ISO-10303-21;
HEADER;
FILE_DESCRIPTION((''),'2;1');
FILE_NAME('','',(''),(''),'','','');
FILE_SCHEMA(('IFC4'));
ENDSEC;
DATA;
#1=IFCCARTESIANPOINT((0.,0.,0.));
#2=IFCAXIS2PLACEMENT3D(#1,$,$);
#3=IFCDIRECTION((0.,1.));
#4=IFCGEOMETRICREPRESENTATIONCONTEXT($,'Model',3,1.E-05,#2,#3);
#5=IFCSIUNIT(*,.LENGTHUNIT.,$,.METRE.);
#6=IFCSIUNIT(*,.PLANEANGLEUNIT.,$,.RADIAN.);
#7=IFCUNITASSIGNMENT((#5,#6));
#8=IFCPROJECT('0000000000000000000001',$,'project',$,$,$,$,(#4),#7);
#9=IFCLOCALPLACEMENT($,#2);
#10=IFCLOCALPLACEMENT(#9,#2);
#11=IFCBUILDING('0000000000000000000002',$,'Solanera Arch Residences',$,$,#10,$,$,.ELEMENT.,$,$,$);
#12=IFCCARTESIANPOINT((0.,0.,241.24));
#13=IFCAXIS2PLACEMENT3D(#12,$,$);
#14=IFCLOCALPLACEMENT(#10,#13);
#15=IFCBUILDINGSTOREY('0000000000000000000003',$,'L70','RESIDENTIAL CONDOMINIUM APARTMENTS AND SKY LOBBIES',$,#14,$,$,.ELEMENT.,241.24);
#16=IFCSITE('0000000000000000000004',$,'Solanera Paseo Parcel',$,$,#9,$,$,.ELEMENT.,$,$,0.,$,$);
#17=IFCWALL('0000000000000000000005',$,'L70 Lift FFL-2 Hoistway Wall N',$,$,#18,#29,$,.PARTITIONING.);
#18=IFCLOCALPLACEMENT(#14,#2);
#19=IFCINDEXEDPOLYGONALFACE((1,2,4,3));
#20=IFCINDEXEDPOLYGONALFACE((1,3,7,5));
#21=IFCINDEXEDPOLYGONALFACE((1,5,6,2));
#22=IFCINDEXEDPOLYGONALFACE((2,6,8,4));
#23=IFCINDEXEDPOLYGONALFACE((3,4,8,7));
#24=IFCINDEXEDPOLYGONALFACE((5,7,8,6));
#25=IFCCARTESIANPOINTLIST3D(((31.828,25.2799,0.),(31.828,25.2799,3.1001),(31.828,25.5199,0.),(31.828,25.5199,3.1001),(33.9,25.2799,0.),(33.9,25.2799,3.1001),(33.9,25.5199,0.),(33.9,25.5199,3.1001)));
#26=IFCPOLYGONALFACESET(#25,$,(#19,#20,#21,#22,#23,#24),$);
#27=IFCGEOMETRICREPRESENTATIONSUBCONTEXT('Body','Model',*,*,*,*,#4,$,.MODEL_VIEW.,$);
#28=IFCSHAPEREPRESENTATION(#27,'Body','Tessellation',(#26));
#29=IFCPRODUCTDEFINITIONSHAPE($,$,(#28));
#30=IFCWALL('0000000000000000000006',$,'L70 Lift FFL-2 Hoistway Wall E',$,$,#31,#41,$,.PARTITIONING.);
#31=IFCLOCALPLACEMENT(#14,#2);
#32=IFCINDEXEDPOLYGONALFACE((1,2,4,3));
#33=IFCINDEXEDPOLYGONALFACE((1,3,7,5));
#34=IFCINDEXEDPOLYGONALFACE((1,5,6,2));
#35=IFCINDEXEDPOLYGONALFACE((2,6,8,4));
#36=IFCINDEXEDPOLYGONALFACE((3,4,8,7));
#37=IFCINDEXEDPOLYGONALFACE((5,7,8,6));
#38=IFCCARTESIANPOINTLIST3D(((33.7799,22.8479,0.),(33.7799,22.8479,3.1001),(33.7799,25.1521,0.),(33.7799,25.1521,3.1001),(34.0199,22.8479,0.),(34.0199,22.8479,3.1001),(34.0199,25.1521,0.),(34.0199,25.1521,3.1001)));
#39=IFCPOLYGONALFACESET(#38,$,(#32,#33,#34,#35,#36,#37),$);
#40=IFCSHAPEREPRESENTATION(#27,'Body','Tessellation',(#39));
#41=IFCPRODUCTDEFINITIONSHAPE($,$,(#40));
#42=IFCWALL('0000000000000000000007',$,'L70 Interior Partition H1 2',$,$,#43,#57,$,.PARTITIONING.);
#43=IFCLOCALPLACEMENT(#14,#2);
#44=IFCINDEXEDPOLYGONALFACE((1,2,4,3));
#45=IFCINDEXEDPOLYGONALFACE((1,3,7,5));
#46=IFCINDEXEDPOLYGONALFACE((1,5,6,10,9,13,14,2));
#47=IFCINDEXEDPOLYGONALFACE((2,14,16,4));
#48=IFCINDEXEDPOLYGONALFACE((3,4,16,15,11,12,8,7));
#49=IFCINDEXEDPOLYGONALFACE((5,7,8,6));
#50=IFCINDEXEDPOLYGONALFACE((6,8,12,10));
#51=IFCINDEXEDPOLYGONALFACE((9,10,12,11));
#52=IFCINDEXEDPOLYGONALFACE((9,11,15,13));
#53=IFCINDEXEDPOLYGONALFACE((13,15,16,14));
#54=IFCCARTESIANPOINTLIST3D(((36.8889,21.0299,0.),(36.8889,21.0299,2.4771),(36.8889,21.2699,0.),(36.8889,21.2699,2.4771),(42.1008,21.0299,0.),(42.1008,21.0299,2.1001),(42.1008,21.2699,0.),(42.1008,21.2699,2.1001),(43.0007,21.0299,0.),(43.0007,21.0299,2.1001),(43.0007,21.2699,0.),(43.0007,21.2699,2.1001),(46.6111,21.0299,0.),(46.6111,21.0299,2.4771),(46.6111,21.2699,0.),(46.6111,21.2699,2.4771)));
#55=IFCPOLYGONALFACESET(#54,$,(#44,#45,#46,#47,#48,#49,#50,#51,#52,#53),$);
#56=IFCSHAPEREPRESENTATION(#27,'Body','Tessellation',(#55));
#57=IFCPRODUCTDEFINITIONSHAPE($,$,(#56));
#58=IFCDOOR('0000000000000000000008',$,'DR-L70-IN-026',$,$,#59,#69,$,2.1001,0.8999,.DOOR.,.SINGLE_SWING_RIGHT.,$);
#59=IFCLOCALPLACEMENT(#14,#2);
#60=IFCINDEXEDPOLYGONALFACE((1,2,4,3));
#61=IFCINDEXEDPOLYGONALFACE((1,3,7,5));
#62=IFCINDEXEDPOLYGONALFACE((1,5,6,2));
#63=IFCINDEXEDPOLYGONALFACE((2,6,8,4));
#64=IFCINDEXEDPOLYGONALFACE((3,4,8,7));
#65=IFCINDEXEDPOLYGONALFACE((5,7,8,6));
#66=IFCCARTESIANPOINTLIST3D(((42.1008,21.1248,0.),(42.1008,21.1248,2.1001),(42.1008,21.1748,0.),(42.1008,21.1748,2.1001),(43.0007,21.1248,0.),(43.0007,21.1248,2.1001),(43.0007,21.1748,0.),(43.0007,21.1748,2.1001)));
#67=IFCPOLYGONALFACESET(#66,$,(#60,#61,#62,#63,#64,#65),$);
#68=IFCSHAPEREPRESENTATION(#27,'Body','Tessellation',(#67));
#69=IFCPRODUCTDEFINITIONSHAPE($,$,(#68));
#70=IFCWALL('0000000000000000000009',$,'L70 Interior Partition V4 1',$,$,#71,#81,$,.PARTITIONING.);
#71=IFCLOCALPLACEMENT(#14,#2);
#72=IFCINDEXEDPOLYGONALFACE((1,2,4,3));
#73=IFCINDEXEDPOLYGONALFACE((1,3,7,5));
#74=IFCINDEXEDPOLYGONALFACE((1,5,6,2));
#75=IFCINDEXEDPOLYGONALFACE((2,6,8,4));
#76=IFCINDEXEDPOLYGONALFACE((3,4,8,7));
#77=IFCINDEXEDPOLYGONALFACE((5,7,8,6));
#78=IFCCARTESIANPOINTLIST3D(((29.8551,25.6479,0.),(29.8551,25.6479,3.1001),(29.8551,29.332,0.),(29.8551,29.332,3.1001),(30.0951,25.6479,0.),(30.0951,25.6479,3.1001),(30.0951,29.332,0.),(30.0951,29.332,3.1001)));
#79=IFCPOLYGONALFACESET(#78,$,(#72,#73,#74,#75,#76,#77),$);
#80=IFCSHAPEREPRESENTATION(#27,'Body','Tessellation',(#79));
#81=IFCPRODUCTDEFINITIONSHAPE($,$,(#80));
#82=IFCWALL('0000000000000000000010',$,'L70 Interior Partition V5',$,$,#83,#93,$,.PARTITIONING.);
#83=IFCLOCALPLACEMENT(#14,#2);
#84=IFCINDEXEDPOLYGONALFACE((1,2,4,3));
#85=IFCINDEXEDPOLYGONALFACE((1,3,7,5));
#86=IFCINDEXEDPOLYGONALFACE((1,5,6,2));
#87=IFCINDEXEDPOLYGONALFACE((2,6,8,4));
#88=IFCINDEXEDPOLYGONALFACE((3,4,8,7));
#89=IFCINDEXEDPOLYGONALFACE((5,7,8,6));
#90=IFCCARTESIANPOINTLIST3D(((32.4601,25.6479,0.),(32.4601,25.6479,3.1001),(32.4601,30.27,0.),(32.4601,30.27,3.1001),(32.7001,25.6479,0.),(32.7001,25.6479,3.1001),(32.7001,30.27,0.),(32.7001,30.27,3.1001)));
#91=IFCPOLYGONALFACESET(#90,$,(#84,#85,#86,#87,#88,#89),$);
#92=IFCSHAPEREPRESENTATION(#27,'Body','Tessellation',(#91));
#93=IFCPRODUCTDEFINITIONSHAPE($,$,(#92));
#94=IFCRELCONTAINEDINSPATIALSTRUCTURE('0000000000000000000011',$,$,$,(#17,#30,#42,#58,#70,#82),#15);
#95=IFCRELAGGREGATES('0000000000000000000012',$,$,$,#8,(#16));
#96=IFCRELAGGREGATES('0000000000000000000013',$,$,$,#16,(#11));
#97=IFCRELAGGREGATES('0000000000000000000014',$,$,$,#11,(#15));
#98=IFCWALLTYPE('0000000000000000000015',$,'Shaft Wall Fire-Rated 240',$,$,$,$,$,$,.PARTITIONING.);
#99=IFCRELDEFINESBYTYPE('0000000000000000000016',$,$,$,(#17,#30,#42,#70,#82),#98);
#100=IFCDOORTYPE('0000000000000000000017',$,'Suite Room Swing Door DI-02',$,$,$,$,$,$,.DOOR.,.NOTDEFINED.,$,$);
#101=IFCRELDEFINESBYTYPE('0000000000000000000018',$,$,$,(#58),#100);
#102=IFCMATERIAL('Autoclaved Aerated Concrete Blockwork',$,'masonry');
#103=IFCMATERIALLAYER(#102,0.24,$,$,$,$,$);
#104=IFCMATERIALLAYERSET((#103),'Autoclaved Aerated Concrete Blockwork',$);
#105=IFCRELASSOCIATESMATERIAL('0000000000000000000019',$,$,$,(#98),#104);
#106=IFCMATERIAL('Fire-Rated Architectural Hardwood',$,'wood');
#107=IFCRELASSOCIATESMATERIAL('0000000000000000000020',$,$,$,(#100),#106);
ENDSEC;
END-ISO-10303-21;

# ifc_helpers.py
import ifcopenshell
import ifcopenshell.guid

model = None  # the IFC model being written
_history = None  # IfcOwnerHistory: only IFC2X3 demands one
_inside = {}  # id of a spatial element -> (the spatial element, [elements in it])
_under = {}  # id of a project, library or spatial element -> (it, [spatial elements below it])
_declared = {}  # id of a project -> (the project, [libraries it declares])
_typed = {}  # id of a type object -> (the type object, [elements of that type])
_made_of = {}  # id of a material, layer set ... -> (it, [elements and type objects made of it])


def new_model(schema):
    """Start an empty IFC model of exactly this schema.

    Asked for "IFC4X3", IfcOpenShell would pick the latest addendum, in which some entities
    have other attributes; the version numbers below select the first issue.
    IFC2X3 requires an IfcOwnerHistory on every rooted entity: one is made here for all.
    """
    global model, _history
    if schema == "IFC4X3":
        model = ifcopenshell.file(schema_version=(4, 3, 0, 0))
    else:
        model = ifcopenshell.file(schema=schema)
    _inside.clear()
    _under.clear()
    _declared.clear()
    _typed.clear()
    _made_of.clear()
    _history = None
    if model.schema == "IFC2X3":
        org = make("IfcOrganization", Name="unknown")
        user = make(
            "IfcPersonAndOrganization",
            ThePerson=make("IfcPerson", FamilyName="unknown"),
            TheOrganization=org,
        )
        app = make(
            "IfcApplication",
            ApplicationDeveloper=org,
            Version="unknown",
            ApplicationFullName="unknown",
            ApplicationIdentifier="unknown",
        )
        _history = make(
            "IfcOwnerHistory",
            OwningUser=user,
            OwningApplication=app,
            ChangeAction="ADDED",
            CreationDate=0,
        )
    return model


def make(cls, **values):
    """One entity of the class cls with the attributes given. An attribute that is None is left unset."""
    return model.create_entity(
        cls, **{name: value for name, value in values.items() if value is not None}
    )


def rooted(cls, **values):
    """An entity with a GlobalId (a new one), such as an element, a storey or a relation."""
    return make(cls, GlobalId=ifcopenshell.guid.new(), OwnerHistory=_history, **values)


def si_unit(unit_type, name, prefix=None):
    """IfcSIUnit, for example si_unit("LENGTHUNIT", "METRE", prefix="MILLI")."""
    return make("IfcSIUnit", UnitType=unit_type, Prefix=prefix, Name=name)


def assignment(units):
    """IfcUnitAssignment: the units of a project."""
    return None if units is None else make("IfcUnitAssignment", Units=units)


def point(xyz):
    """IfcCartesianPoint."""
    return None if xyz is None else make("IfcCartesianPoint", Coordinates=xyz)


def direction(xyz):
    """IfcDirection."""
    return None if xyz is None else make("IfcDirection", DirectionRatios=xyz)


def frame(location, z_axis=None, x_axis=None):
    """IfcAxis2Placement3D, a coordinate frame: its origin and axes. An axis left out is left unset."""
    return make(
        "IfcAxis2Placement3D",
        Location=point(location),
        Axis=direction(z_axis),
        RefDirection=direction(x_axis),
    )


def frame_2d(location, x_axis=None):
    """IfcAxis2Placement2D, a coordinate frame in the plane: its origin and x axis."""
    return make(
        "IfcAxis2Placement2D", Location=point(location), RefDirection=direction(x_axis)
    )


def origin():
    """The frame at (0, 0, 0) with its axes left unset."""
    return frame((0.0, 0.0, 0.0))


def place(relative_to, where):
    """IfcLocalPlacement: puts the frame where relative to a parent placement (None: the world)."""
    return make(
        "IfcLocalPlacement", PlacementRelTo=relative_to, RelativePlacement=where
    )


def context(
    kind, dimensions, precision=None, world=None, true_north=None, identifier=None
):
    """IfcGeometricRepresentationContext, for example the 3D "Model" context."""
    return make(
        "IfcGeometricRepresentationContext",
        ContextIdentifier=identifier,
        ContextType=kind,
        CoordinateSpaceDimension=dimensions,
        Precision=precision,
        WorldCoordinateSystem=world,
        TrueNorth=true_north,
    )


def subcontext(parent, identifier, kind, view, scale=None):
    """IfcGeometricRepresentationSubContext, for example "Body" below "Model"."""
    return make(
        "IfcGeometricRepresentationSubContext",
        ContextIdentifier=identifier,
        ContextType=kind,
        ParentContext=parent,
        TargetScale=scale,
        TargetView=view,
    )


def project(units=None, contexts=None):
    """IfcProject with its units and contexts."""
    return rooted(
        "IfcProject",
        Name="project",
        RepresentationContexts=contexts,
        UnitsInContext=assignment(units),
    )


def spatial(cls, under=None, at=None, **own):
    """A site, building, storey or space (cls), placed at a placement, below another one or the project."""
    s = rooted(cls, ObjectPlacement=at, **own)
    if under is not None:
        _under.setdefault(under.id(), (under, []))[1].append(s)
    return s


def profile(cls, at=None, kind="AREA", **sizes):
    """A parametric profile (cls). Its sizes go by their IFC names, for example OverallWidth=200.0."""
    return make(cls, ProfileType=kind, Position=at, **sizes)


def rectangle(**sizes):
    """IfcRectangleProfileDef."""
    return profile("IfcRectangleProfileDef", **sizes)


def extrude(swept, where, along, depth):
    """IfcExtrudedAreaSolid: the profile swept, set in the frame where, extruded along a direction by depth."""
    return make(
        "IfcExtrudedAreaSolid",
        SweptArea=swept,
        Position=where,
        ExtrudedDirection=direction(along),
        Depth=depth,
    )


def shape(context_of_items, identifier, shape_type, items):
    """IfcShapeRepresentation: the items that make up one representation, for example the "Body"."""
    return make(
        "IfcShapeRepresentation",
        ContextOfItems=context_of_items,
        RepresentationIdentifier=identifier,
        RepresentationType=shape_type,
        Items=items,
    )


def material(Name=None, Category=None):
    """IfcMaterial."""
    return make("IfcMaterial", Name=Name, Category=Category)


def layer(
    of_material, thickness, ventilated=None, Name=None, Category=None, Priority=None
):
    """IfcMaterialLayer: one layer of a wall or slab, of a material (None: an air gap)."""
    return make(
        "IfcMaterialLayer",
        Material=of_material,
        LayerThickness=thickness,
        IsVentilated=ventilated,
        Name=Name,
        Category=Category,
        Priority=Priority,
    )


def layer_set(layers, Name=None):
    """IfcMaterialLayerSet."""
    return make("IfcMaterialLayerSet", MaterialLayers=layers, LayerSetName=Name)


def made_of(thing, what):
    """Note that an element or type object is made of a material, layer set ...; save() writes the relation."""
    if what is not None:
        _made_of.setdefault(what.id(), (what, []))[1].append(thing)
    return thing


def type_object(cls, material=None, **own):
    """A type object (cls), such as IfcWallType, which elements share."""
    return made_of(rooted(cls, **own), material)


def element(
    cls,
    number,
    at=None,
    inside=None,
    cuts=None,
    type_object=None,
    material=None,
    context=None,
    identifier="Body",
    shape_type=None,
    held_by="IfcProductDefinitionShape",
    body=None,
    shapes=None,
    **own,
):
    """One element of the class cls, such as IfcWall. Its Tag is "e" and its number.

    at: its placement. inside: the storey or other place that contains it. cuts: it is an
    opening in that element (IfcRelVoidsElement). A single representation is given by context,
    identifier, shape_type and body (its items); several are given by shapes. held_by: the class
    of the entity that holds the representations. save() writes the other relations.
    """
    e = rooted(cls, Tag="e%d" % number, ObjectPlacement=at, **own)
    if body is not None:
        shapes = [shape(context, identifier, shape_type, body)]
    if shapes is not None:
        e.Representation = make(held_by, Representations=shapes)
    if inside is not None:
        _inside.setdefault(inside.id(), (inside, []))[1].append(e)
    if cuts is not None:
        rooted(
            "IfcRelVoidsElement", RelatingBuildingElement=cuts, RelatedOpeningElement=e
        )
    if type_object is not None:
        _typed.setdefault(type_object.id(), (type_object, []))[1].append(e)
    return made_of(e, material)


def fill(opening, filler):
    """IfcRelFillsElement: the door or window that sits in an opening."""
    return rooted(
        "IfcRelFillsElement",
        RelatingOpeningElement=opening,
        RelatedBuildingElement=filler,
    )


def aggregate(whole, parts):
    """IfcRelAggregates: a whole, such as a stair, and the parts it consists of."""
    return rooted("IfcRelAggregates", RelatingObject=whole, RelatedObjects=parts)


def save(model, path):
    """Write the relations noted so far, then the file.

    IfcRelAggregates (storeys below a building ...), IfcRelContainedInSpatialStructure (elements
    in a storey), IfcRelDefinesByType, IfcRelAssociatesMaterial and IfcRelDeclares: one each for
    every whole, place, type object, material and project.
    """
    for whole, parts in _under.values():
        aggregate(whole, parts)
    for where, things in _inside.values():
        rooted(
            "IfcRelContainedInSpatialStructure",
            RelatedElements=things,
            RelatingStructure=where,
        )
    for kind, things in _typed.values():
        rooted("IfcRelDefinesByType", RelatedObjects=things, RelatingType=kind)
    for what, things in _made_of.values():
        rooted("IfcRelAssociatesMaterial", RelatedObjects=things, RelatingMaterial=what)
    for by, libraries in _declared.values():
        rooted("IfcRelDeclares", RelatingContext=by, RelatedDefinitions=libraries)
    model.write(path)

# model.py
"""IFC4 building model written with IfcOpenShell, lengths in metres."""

from ifc_helpers import new_model, si_unit, direction, frame, frame_2d, origin, place, context, subcontext, project, spatial, rectangle, extrude, material, layer, layer_set, type_object, element, fill, save


model = new_model("IFC4")

# Units and contexts
model_context = context("Model", 3, precision=1e-05, world=origin(), true_north=direction((0.0, 1.0)))
body_context = subcontext(model_context, "Body", "Model", "MODEL_VIEW")
ifc_project = project(units=[si_unit("LENGTHUNIT", "METRE"), si_unit("PLANEANGLEUNIT", "RADIAN")], contexts=[model_context])

# Site, building, storey
site_placement = place(None, origin())
site = spatial("IfcSite", under=ifc_project, at=site_placement, Name="Solanera Paseo Parcel", CompositionType="ELEMENT", RefElevation=0.0)
building_placement = place(site_placement, origin())
building = spatial("IfcBuilding", under=site, at=building_placement, Name="Solanera Arch Residences", CompositionType="ELEMENT")
storey_placement = place(building_placement, frame((0.0, 0.0, 241.24)))
storey = spatial("IfcBuildingStorey", under=building, at=storey_placement, Name="L70", Description="RESIDENTIAL CONDOMINIUM APARTMENTS AND SKY LOBBIES", CompositionType="ELEMENT", Elevation=241.24)

# Walls
ifc_material_1 = material(Name="Autoclaved Aerated Concrete Blockwork", Category="masonry")
ifc_layer_1 = layer(ifc_material_1, 0.24)
ifc_layer_set_1 = layer_set([ifc_layer_1], Name="Autoclaved Aerated Concrete Blockwork")
wall_type_1 = type_object("IfcWallType", Name="Shaft Wall Fire-Rated 240", PredefinedType="PARTITIONING", material=ifc_layer_set_1)
for number, where, z_axis, x_axis, name in (
    (1, (31.8279, 25.3999, 0.0), (0.0, 0.0, 1.0), (1.0, 0.0, 0.0), "L70 Lift FFL-2 Hoistway Wall N"),
):
    element("IfcWall", number, at=place(storey_placement, frame(where, z_axis=z_axis, x_axis=x_axis)), inside=storey, type_object=wall_type_1, Name=name, PredefinedType="PARTITIONING", context=body_context, shape_type="SweptSolid", body=[
        extrude(rectangle(XDim=2.072, YDim=0.24, at=frame_2d((1.0361, 0.0))), origin(), (0.0, 0.0, 1.0), 3.1001),
    ])
wall_1_placement = place(storey_placement, frame((33.8999, 22.8479, 0.0), z_axis=(0.0, 0.0, 1.0), x_axis=(0.0, 1.0, 0.0)))
element("IfcWall", 2, at=wall_1_placement, inside=storey, type_object=wall_type_1, Name="L70 Lift FFL-2 Hoistway Wall E", PredefinedType="PARTITIONING", context=body_context, shape_type="SweptSolid", body=[
    extrude(rectangle(XDim=2.3042, YDim=0.24, at=frame_2d((1.1521, 0.0))), origin(), (0.0, 0.0, 1.0), 3.1001),
])

# Wall, opening, door
wall_2_placement = place(storey_placement, frame((36.8889, 21.1499, 0.0), z_axis=(0.0, 0.0, 1.0), x_axis=(1.0, 0.0, 0.0)))
wall_2 = element("IfcWall", 3, at=wall_2_placement, inside=storey, type_object=wall_type_1, Name="L70 Interior Partition H1 2", PredefinedType="PARTITIONING", context=body_context, shape_type="SweptSolid", body=[
    extrude(rectangle(XDim=9.7222, YDim=0.24, at=frame_2d((4.8611, 0.0))), origin(), (0.0, 0.0, 1.0), 2.4771),
])
opening_1_placement = place(wall_2_placement, frame((5.2119, 0.0, 0.0)))
opening_1 = element("IfcOpeningElement", 4, at=opening_1_placement, cuts=wall_2, PredefinedType="OPENING", context=body_context, shape_type="SweptSolid", body=[
    extrude(rectangle(XDim=0.8999, YDim=2.1001, at=frame_2d((0.45, 1.05))), frame((0.0, 0.1299, 0.0), z_axis=(0.0, -1.0, 0.0), x_axis=(1.0, 0.0, 0.0)), (0.0, 0.0, 1.0), 0.26),
])
ifc_material_2 = material(Name="Fire-Rated Architectural Hardwood", Category="wood")
door_type_1 = type_object("IfcDoorType", Name="Suite Room Swing Door DI-02", OperationType="NOTDEFINED", PredefinedType="DOOR", material=ifc_material_2)
door_1_placement = place(opening_1_placement, origin())
door_1 = element("IfcDoor", 5, at=door_1_placement, inside=storey, type_object=door_type_1, Name="DR-L70-IN-026", OperationType="SINGLE_SWING_RIGHT", OverallHeight=2.1001, OverallWidth=0.8999, PredefinedType="DOOR", context=body_context, shape_type="SweptSolid", body=[
    extrude(rectangle(XDim=0.8999, YDim=2.1001, at=frame_2d((0.45, 1.05))), frame((0.0, 0.0249, 0.0), z_axis=(0.0, -1.0, 0.0), x_axis=(1.0, 0.0, 0.0)), (0.0, 0.0, 1.0), 0.05),
])
fill(opening_1, door_1)

# Wall
wall_3_placement = place(storey_placement, frame((29.9751, 25.6479, 0.0), z_axis=(0.0, 0.0, 1.0), x_axis=(0.0, 1.0, 0.0)))
element("IfcWall", 6, at=wall_3_placement, inside=storey, type_object=wall_type_1, Name="L70 Interior Partition V4 1", PredefinedType="PARTITIONING", context=body_context, shape_type="SweptSolid", body=[
    extrude(rectangle(XDim=3.6841, YDim=0.24, at=frame_2d((1.842, 0.0))), origin(), (0.0, 0.0, 1.0), 3.1001),
])

# Wall
wall_4_placement = place(storey_placement, frame((32.5801, 25.6479, 0.0), z_axis=(0.0, 0.0, 1.0), x_axis=(0.0, 1.0, 0.0)))
element("IfcWall", 7, at=wall_4_placement, inside=storey, type_object=wall_type_1, Name="L70 Interior Partition V5", PredefinedType="PARTITIONING", context=body_context, shape_type="SweptSolid", body=[
    extrude(rectangle(XDim=4.6221, YDim=0.24, at=frame_2d((2.311, 0.0))), origin(), (0.0, 0.0, 1.0), 3.1001),
])

save(model, "model.ifc")
